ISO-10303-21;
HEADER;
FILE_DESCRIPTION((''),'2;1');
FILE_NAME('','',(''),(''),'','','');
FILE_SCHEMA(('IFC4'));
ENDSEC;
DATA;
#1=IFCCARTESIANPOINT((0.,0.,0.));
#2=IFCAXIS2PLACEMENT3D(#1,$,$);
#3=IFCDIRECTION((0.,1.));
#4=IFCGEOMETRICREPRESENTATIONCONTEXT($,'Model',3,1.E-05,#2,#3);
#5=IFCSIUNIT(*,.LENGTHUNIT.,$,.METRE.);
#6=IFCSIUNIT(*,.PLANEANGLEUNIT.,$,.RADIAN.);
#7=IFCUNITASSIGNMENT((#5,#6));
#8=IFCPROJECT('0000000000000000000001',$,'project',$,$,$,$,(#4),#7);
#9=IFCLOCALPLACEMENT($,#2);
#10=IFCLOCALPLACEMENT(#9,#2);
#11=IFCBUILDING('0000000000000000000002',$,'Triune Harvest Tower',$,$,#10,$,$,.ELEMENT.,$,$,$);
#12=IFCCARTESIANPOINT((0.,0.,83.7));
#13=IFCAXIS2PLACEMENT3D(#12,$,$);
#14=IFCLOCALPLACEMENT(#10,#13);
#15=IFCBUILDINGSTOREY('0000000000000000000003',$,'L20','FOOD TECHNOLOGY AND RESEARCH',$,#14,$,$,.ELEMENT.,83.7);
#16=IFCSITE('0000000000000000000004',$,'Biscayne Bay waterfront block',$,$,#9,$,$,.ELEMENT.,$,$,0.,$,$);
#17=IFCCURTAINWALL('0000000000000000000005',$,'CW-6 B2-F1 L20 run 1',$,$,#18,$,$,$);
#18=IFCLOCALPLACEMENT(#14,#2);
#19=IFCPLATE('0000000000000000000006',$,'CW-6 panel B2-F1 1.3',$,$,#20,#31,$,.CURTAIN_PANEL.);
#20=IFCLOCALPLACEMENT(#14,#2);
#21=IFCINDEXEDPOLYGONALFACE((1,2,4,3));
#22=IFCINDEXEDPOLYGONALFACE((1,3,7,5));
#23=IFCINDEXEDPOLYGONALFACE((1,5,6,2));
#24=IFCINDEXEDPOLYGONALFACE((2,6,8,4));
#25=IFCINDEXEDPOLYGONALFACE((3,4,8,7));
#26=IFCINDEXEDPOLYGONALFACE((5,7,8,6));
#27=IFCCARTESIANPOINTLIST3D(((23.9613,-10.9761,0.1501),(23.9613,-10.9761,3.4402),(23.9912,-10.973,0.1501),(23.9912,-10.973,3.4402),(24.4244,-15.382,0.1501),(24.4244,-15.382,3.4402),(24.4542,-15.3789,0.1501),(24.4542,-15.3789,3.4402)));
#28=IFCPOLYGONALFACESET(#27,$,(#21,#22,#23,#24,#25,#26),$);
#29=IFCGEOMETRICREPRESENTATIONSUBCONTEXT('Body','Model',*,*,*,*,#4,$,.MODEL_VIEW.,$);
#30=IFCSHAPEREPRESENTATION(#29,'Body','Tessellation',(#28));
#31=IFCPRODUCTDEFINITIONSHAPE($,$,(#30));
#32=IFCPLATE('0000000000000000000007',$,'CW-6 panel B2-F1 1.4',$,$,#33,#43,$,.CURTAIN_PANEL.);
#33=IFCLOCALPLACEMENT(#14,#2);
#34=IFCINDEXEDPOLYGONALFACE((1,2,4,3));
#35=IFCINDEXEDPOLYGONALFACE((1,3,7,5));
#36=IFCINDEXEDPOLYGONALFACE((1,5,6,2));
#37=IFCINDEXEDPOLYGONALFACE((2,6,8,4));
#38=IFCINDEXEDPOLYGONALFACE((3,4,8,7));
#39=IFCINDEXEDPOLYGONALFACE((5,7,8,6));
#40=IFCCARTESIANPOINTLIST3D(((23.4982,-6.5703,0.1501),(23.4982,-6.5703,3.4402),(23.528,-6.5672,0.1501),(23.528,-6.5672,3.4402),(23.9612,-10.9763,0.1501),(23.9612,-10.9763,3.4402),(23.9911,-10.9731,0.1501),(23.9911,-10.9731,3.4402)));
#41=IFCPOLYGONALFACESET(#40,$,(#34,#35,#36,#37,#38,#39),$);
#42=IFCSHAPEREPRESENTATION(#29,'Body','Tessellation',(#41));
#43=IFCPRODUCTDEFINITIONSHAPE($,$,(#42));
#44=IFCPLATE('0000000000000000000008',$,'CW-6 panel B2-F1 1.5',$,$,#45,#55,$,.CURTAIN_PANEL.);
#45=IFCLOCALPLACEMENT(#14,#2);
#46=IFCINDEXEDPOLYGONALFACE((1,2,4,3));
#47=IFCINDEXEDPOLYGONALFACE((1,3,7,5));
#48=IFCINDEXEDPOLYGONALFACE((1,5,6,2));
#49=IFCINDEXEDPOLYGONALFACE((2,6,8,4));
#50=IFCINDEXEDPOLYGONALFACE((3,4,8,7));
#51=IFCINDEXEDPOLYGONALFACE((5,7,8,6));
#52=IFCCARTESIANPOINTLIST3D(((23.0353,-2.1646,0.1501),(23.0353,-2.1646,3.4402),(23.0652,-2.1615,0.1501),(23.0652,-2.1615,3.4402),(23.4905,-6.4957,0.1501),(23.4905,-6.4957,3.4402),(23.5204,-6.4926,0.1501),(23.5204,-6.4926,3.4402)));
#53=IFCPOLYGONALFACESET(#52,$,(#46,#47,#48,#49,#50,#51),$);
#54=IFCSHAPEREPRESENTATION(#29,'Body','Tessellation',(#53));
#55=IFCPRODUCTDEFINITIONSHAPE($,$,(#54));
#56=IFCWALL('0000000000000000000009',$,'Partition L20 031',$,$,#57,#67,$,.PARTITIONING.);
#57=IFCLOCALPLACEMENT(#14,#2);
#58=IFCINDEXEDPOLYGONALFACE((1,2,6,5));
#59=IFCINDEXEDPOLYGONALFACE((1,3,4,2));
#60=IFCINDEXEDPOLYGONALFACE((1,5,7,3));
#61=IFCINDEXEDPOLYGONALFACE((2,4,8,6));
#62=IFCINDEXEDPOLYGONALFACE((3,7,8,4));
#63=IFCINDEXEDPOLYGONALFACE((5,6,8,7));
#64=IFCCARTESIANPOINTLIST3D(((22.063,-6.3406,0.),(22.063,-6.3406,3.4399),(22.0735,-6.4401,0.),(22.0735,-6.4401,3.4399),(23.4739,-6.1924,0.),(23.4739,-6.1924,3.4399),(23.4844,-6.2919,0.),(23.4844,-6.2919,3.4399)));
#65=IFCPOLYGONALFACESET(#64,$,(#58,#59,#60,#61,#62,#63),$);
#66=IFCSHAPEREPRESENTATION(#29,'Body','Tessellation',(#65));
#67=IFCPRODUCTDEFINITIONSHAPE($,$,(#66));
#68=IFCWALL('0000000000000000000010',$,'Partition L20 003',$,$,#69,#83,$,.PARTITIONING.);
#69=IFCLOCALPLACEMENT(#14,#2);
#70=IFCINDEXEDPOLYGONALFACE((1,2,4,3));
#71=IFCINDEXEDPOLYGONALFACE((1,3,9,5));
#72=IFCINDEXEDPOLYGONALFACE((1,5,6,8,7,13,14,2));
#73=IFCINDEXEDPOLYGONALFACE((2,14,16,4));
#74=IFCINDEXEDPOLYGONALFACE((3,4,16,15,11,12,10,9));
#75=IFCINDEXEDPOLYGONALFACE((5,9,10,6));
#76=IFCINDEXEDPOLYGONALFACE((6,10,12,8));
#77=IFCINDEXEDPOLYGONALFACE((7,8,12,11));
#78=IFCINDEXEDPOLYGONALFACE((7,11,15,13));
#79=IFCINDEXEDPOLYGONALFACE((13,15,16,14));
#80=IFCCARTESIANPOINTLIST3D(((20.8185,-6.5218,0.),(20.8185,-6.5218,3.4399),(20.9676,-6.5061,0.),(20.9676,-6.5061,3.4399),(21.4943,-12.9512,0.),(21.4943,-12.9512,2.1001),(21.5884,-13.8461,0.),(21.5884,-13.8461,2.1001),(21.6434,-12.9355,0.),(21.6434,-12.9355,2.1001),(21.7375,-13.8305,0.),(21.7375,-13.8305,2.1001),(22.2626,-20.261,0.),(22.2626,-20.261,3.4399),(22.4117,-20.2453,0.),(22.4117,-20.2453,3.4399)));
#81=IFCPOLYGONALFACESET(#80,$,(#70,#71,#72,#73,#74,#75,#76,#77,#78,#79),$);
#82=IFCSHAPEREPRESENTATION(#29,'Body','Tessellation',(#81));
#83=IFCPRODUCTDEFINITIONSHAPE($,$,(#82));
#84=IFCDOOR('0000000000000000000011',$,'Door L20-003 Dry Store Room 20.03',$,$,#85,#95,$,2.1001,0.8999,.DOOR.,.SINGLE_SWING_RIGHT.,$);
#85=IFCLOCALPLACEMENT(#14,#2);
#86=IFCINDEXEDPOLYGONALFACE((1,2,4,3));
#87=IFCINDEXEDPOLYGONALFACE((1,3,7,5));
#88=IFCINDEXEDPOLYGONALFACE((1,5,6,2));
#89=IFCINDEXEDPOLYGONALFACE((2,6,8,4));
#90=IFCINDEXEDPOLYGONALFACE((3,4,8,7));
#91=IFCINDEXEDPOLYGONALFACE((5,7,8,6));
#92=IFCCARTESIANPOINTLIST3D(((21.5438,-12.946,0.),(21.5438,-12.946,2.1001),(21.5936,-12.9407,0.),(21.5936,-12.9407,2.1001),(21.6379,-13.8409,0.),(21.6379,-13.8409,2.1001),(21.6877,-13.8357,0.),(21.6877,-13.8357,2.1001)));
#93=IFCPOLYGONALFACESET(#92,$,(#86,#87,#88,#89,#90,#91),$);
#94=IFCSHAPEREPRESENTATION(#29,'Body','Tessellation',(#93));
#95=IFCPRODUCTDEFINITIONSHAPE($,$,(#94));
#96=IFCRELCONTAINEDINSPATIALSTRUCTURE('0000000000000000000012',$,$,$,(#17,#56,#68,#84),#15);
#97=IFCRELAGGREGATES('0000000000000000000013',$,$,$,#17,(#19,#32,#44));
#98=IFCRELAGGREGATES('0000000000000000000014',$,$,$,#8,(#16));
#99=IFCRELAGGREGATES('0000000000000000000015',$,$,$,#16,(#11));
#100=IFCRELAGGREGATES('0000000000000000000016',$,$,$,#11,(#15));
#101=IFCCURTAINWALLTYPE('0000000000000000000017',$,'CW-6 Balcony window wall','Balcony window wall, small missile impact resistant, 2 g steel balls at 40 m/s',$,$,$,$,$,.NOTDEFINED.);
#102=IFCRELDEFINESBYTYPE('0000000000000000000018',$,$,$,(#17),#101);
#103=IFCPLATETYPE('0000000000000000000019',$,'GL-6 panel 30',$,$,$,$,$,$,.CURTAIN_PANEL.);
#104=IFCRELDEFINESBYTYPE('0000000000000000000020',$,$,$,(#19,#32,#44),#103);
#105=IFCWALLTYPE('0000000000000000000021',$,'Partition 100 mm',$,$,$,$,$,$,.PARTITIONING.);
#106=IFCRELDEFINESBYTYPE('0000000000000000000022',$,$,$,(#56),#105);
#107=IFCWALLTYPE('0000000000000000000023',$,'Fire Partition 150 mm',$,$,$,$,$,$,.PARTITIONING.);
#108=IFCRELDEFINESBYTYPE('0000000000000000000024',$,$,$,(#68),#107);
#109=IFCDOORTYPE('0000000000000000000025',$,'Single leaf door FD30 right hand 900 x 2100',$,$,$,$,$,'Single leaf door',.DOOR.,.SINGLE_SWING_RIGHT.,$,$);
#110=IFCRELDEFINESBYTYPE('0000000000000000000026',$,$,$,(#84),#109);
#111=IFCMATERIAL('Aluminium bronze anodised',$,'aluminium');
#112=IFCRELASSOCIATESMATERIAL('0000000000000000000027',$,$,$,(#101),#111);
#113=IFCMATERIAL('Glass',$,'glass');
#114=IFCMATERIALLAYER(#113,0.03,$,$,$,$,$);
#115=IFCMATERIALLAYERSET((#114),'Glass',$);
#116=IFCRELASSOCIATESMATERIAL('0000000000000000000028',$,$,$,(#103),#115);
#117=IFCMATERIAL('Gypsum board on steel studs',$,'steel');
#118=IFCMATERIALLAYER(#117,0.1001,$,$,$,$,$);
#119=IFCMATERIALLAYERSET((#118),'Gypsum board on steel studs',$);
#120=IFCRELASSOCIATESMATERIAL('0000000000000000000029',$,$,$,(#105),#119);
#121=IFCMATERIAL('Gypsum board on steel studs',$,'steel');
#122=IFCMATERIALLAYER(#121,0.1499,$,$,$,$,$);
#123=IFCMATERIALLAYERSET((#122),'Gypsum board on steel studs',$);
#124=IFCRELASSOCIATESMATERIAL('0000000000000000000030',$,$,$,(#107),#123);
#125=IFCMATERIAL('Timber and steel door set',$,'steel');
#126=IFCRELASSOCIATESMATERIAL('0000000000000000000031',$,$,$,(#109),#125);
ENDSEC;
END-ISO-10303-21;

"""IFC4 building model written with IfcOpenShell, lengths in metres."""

from ifc_helpers import new_model, si_unit, direction, frame, frame_2d, origin, origin_2d, place, context, subcontext, project, spatial, rectangle, extrude, source, transform, mapped, material, layer, layer_set, type_object, element, fill, aggregate, save


model = new_model("IFC4")

# Units and contexts
model_context = context("Model", 3, precision=1e-05, world=origin(), true_north=direction((0.0, 1.0)))
body_context = subcontext(model_context, "Body", "Model", "MODEL_VIEW")
ifc_project = project(units=[si_unit("LENGTHUNIT", "METRE"), si_unit("PLANEANGLEUNIT", "RADIAN")], contexts=[model_context])

# Site, building, storey
site_placement = place(None, origin())
site = spatial("IfcSite", under=ifc_project, at=site_placement, Name="Biscayne Bay waterfront block", CompositionType="ELEMENT", RefElevation=0.0)
building_placement = place(site_placement, origin())
building = spatial("IfcBuilding", under=site, at=building_placement, Name="Triune Harvest Tower", CompositionType="ELEMENT")
storey_placement = place(building_placement, frame((0.0, 0.0, 83.7)))
storey = spatial("IfcBuildingStorey", under=building, at=storey_placement, Name="L20", Description="FOOD TECHNOLOGY AND RESEARCH", CompositionType="ELEMENT", Elevation=83.7)

# Curtain wall
ifc_material_1 = material(Name="Aluminium bronze anodised", Category="aluminium")
curtain_wall_type = type_object("IfcCurtainWallType", Name="CW-6 Balcony window wall", Description="Balcony window wall, small missile impact resistant, 2 g steel balls at 40 m/s", PredefinedType="NOTDEFINED", material=ifc_material_1)
curtain_wall_placement = place(storey_placement, origin())
curtain_wall = element("IfcCurtainWall", 1, at=curtain_wall_placement, inside=storey, type_object=curtain_wall_type, Name="CW-6 B2-F1 L20 run 1")

# Plates
ifc_material_2 = material(Name="Glass", Category="glass")
ifc_layer_1 = layer(ifc_material_2, 0.03)
ifc_layer_set_1 = layer_set([ifc_layer_1], Name="Glass")
plate_type = type_object("IfcPlateType", Name="GL-6 panel 30", PredefinedType="CURTAIN_PANEL", material=ifc_layer_set_1)
shared_shape_1 = source(origin(), body_context, "Body", "SweptSolid", [
    extrude(rectangle(XDim=4.4302, YDim=0.03, at=origin_2d()), origin(), (0.0, 0.0, 1.0), 3.29),
])
plate_1_placement = place(storey_placement, frame((24.2078, -13.1775, 0.1501), z_axis=(0.0, 0.0, 1.0), x_axis=(-0.104528, 0.994522, 0.0)))
plate_1 = element("IfcPlate", 2, at=plate_1_placement, type_object=plate_type, Name="CW-6 panel B2-F1 1.3", PredefinedType="CURTAIN_PANEL", context=body_context, shape_type="MappedRepresentation", body=[
    mapped(shared_shape_1, transform((0.0, 0.0, 0.0), scale=1.0)),
])
plate_2_placement = place(storey_placement, frame((23.7446, -8.7717, 0.1501), z_axis=(0.0, 0.0, 1.0), x_axis=(-0.104528, 0.994522, 0.0)))
plate_2 = element("IfcPlate", 3, at=plate_2_placement, type_object=plate_type, Name="CW-6 panel B2-F1 1.4", PredefinedType="CURTAIN_PANEL", context=body_context, shape_type="MappedRepresentation", body=[
    mapped(shared_shape_1, transform((0.0, 0.0, 0.0), scale=1.0)),
])
shared_shape_2 = source(origin(), body_context, "Body", "SweptSolid", [
    extrude(rectangle(XDim=4.355, YDim=0.03, at=origin_2d()), origin(), (0.0, 0.0, 1.0), 3.29),
])
plate_3_placement = place(storey_placement, frame((23.2778, -4.3286, 0.1501), z_axis=(0.0, 0.0, 1.0), x_axis=(-0.104528, 0.994522, 0.0)))
plate_3 = element("IfcPlate", 4, at=plate_3_placement, type_object=plate_type, Name="CW-6 panel B2-F1 1.5", PredefinedType="CURTAIN_PANEL", context=body_context, shape_type="MappedRepresentation", body=[
    mapped(shared_shape_2, transform((0.0, 0.0, 0.0), scale=1.0)),
])
aggregate(curtain_wall, [plate_1, plate_2, plate_3])

# Wall
ifc_material_3 = material(Name="Gypsum board on steel studs", Category="steel")
ifc_layer_2 = layer(ifc_material_3, 0.1001)
ifc_layer_set_2 = layer_set([ifc_layer_2], Name="Gypsum board on steel studs")
wall_type_1 = type_object("IfcWallType", Name="Partition 100 mm", PredefinedType="PARTITIONING", material=ifc_layer_set_2)
shared_shape_3 = source(origin(), body_context, "Body", "SweptSolid", [
    extrude(rectangle(XDim=1.4187, YDim=0.1001, at=frame_2d((0.7095, 0.0))), origin(), (0.0, 0.0, 1.0), 3.4399),
])
wall_1_placement = place(storey_placement, frame((22.0681, -6.3904, 0.0), z_axis=(0.0, 0.0, 1.0), x_axis=(0.994529, 0.104461, 0.0)))
element("IfcWall", 5, at=wall_1_placement, inside=storey, type_object=wall_type_1, Name="Partition L20 031", PredefinedType="PARTITIONING", context=body_context, shape_type="MappedRepresentation", body=[
    mapped(shared_shape_3, transform((0.0, 0.0, 0.0), scale=1.0)),
])

# Wall, opening, door
ifc_material_4 = material(Name="Gypsum board on steel studs", Category="steel")
ifc_layer_3 = layer(ifc_material_4, 0.1499)
ifc_layer_set_3 = layer_set([ifc_layer_3], Name="Gypsum board on steel studs")
wall_type_2 = type_object("IfcWallType", Name="Fire Partition 150 mm", PredefinedType="PARTITIONING", material=ifc_layer_set_3)
shared_shape_4 = source(origin(), body_context, "Body", "SweptSolid", [
    extrude(rectangle(XDim=13.8149, YDim=0.1499, at=frame_2d((6.9075, 0.0))), origin(), (0.0, 0.0, 1.0), 3.4399),
])
wall_2_placement = place(storey_placement, frame((20.8931, -6.5139, 0.0), z_axis=(0.0, 0.0, 1.0), x_axis=(0.104531, -0.994522, 0.0)))
wall_2 = element("IfcWall", 6, at=wall_2_placement, inside=storey, type_object=wall_type_2, Name="Partition L20 003", PredefinedType="PARTITIONING", context=body_context, shape_type="MappedRepresentation", body=[
    mapped(shared_shape_4, transform((0.0, 0.0, 0.0), scale=1.0)),
])
opening_placement = place(wall_2_placement, frame((6.4648, 0.0, 0.0)))
opening = element("IfcOpeningElement", 7, at=opening_placement, cuts=wall_2, PredefinedType="OPENING", context=body_context, shape_type="SweptSolid", body=[
    extrude(rectangle(XDim=0.8999, YDim=2.1001, at=frame_2d((0.45, 1.05))), frame((0.0, 0.085, 0.0), z_axis=(0.0, -1.0, 0.0), x_axis=(1.0, 0.0, 0.0)), (0.0, 0.0, 1.0), 0.1699),
])
ifc_material_5 = material(Name="Timber and steel door set", Category="steel")
door_type = type_object("IfcDoorType", Name="Single leaf door FD30 right hand 900 x 2100", ElementType="Single leaf door", OperationType="SINGLE_SWING_RIGHT", PredefinedType="DOOR", material=ifc_material_5)
door_placement = place(opening_placement, origin())
door = element("IfcDoor", 8, at=door_placement, inside=storey, type_object=door_type, Name="Door L20-003 Dry Store Room 20.03", OperationType="SINGLE_SWING_RIGHT", OverallHeight=2.1001, OverallWidth=0.8999, PredefinedType="DOOR", context=body_context, shape_type="SweptSolid", body=[
    extrude(rectangle(XDim=0.8999, YDim=2.1001, at=frame_2d((0.45, 1.05))), frame((0.0, 0.0249, 0.0), z_axis=(0.0, -1.0, 0.0), x_axis=(1.0, 0.0, 0.0)), (0.0, 0.0, 1.0), 0.05),
])
fill(opening, door)

save(model, "model.ifc")
